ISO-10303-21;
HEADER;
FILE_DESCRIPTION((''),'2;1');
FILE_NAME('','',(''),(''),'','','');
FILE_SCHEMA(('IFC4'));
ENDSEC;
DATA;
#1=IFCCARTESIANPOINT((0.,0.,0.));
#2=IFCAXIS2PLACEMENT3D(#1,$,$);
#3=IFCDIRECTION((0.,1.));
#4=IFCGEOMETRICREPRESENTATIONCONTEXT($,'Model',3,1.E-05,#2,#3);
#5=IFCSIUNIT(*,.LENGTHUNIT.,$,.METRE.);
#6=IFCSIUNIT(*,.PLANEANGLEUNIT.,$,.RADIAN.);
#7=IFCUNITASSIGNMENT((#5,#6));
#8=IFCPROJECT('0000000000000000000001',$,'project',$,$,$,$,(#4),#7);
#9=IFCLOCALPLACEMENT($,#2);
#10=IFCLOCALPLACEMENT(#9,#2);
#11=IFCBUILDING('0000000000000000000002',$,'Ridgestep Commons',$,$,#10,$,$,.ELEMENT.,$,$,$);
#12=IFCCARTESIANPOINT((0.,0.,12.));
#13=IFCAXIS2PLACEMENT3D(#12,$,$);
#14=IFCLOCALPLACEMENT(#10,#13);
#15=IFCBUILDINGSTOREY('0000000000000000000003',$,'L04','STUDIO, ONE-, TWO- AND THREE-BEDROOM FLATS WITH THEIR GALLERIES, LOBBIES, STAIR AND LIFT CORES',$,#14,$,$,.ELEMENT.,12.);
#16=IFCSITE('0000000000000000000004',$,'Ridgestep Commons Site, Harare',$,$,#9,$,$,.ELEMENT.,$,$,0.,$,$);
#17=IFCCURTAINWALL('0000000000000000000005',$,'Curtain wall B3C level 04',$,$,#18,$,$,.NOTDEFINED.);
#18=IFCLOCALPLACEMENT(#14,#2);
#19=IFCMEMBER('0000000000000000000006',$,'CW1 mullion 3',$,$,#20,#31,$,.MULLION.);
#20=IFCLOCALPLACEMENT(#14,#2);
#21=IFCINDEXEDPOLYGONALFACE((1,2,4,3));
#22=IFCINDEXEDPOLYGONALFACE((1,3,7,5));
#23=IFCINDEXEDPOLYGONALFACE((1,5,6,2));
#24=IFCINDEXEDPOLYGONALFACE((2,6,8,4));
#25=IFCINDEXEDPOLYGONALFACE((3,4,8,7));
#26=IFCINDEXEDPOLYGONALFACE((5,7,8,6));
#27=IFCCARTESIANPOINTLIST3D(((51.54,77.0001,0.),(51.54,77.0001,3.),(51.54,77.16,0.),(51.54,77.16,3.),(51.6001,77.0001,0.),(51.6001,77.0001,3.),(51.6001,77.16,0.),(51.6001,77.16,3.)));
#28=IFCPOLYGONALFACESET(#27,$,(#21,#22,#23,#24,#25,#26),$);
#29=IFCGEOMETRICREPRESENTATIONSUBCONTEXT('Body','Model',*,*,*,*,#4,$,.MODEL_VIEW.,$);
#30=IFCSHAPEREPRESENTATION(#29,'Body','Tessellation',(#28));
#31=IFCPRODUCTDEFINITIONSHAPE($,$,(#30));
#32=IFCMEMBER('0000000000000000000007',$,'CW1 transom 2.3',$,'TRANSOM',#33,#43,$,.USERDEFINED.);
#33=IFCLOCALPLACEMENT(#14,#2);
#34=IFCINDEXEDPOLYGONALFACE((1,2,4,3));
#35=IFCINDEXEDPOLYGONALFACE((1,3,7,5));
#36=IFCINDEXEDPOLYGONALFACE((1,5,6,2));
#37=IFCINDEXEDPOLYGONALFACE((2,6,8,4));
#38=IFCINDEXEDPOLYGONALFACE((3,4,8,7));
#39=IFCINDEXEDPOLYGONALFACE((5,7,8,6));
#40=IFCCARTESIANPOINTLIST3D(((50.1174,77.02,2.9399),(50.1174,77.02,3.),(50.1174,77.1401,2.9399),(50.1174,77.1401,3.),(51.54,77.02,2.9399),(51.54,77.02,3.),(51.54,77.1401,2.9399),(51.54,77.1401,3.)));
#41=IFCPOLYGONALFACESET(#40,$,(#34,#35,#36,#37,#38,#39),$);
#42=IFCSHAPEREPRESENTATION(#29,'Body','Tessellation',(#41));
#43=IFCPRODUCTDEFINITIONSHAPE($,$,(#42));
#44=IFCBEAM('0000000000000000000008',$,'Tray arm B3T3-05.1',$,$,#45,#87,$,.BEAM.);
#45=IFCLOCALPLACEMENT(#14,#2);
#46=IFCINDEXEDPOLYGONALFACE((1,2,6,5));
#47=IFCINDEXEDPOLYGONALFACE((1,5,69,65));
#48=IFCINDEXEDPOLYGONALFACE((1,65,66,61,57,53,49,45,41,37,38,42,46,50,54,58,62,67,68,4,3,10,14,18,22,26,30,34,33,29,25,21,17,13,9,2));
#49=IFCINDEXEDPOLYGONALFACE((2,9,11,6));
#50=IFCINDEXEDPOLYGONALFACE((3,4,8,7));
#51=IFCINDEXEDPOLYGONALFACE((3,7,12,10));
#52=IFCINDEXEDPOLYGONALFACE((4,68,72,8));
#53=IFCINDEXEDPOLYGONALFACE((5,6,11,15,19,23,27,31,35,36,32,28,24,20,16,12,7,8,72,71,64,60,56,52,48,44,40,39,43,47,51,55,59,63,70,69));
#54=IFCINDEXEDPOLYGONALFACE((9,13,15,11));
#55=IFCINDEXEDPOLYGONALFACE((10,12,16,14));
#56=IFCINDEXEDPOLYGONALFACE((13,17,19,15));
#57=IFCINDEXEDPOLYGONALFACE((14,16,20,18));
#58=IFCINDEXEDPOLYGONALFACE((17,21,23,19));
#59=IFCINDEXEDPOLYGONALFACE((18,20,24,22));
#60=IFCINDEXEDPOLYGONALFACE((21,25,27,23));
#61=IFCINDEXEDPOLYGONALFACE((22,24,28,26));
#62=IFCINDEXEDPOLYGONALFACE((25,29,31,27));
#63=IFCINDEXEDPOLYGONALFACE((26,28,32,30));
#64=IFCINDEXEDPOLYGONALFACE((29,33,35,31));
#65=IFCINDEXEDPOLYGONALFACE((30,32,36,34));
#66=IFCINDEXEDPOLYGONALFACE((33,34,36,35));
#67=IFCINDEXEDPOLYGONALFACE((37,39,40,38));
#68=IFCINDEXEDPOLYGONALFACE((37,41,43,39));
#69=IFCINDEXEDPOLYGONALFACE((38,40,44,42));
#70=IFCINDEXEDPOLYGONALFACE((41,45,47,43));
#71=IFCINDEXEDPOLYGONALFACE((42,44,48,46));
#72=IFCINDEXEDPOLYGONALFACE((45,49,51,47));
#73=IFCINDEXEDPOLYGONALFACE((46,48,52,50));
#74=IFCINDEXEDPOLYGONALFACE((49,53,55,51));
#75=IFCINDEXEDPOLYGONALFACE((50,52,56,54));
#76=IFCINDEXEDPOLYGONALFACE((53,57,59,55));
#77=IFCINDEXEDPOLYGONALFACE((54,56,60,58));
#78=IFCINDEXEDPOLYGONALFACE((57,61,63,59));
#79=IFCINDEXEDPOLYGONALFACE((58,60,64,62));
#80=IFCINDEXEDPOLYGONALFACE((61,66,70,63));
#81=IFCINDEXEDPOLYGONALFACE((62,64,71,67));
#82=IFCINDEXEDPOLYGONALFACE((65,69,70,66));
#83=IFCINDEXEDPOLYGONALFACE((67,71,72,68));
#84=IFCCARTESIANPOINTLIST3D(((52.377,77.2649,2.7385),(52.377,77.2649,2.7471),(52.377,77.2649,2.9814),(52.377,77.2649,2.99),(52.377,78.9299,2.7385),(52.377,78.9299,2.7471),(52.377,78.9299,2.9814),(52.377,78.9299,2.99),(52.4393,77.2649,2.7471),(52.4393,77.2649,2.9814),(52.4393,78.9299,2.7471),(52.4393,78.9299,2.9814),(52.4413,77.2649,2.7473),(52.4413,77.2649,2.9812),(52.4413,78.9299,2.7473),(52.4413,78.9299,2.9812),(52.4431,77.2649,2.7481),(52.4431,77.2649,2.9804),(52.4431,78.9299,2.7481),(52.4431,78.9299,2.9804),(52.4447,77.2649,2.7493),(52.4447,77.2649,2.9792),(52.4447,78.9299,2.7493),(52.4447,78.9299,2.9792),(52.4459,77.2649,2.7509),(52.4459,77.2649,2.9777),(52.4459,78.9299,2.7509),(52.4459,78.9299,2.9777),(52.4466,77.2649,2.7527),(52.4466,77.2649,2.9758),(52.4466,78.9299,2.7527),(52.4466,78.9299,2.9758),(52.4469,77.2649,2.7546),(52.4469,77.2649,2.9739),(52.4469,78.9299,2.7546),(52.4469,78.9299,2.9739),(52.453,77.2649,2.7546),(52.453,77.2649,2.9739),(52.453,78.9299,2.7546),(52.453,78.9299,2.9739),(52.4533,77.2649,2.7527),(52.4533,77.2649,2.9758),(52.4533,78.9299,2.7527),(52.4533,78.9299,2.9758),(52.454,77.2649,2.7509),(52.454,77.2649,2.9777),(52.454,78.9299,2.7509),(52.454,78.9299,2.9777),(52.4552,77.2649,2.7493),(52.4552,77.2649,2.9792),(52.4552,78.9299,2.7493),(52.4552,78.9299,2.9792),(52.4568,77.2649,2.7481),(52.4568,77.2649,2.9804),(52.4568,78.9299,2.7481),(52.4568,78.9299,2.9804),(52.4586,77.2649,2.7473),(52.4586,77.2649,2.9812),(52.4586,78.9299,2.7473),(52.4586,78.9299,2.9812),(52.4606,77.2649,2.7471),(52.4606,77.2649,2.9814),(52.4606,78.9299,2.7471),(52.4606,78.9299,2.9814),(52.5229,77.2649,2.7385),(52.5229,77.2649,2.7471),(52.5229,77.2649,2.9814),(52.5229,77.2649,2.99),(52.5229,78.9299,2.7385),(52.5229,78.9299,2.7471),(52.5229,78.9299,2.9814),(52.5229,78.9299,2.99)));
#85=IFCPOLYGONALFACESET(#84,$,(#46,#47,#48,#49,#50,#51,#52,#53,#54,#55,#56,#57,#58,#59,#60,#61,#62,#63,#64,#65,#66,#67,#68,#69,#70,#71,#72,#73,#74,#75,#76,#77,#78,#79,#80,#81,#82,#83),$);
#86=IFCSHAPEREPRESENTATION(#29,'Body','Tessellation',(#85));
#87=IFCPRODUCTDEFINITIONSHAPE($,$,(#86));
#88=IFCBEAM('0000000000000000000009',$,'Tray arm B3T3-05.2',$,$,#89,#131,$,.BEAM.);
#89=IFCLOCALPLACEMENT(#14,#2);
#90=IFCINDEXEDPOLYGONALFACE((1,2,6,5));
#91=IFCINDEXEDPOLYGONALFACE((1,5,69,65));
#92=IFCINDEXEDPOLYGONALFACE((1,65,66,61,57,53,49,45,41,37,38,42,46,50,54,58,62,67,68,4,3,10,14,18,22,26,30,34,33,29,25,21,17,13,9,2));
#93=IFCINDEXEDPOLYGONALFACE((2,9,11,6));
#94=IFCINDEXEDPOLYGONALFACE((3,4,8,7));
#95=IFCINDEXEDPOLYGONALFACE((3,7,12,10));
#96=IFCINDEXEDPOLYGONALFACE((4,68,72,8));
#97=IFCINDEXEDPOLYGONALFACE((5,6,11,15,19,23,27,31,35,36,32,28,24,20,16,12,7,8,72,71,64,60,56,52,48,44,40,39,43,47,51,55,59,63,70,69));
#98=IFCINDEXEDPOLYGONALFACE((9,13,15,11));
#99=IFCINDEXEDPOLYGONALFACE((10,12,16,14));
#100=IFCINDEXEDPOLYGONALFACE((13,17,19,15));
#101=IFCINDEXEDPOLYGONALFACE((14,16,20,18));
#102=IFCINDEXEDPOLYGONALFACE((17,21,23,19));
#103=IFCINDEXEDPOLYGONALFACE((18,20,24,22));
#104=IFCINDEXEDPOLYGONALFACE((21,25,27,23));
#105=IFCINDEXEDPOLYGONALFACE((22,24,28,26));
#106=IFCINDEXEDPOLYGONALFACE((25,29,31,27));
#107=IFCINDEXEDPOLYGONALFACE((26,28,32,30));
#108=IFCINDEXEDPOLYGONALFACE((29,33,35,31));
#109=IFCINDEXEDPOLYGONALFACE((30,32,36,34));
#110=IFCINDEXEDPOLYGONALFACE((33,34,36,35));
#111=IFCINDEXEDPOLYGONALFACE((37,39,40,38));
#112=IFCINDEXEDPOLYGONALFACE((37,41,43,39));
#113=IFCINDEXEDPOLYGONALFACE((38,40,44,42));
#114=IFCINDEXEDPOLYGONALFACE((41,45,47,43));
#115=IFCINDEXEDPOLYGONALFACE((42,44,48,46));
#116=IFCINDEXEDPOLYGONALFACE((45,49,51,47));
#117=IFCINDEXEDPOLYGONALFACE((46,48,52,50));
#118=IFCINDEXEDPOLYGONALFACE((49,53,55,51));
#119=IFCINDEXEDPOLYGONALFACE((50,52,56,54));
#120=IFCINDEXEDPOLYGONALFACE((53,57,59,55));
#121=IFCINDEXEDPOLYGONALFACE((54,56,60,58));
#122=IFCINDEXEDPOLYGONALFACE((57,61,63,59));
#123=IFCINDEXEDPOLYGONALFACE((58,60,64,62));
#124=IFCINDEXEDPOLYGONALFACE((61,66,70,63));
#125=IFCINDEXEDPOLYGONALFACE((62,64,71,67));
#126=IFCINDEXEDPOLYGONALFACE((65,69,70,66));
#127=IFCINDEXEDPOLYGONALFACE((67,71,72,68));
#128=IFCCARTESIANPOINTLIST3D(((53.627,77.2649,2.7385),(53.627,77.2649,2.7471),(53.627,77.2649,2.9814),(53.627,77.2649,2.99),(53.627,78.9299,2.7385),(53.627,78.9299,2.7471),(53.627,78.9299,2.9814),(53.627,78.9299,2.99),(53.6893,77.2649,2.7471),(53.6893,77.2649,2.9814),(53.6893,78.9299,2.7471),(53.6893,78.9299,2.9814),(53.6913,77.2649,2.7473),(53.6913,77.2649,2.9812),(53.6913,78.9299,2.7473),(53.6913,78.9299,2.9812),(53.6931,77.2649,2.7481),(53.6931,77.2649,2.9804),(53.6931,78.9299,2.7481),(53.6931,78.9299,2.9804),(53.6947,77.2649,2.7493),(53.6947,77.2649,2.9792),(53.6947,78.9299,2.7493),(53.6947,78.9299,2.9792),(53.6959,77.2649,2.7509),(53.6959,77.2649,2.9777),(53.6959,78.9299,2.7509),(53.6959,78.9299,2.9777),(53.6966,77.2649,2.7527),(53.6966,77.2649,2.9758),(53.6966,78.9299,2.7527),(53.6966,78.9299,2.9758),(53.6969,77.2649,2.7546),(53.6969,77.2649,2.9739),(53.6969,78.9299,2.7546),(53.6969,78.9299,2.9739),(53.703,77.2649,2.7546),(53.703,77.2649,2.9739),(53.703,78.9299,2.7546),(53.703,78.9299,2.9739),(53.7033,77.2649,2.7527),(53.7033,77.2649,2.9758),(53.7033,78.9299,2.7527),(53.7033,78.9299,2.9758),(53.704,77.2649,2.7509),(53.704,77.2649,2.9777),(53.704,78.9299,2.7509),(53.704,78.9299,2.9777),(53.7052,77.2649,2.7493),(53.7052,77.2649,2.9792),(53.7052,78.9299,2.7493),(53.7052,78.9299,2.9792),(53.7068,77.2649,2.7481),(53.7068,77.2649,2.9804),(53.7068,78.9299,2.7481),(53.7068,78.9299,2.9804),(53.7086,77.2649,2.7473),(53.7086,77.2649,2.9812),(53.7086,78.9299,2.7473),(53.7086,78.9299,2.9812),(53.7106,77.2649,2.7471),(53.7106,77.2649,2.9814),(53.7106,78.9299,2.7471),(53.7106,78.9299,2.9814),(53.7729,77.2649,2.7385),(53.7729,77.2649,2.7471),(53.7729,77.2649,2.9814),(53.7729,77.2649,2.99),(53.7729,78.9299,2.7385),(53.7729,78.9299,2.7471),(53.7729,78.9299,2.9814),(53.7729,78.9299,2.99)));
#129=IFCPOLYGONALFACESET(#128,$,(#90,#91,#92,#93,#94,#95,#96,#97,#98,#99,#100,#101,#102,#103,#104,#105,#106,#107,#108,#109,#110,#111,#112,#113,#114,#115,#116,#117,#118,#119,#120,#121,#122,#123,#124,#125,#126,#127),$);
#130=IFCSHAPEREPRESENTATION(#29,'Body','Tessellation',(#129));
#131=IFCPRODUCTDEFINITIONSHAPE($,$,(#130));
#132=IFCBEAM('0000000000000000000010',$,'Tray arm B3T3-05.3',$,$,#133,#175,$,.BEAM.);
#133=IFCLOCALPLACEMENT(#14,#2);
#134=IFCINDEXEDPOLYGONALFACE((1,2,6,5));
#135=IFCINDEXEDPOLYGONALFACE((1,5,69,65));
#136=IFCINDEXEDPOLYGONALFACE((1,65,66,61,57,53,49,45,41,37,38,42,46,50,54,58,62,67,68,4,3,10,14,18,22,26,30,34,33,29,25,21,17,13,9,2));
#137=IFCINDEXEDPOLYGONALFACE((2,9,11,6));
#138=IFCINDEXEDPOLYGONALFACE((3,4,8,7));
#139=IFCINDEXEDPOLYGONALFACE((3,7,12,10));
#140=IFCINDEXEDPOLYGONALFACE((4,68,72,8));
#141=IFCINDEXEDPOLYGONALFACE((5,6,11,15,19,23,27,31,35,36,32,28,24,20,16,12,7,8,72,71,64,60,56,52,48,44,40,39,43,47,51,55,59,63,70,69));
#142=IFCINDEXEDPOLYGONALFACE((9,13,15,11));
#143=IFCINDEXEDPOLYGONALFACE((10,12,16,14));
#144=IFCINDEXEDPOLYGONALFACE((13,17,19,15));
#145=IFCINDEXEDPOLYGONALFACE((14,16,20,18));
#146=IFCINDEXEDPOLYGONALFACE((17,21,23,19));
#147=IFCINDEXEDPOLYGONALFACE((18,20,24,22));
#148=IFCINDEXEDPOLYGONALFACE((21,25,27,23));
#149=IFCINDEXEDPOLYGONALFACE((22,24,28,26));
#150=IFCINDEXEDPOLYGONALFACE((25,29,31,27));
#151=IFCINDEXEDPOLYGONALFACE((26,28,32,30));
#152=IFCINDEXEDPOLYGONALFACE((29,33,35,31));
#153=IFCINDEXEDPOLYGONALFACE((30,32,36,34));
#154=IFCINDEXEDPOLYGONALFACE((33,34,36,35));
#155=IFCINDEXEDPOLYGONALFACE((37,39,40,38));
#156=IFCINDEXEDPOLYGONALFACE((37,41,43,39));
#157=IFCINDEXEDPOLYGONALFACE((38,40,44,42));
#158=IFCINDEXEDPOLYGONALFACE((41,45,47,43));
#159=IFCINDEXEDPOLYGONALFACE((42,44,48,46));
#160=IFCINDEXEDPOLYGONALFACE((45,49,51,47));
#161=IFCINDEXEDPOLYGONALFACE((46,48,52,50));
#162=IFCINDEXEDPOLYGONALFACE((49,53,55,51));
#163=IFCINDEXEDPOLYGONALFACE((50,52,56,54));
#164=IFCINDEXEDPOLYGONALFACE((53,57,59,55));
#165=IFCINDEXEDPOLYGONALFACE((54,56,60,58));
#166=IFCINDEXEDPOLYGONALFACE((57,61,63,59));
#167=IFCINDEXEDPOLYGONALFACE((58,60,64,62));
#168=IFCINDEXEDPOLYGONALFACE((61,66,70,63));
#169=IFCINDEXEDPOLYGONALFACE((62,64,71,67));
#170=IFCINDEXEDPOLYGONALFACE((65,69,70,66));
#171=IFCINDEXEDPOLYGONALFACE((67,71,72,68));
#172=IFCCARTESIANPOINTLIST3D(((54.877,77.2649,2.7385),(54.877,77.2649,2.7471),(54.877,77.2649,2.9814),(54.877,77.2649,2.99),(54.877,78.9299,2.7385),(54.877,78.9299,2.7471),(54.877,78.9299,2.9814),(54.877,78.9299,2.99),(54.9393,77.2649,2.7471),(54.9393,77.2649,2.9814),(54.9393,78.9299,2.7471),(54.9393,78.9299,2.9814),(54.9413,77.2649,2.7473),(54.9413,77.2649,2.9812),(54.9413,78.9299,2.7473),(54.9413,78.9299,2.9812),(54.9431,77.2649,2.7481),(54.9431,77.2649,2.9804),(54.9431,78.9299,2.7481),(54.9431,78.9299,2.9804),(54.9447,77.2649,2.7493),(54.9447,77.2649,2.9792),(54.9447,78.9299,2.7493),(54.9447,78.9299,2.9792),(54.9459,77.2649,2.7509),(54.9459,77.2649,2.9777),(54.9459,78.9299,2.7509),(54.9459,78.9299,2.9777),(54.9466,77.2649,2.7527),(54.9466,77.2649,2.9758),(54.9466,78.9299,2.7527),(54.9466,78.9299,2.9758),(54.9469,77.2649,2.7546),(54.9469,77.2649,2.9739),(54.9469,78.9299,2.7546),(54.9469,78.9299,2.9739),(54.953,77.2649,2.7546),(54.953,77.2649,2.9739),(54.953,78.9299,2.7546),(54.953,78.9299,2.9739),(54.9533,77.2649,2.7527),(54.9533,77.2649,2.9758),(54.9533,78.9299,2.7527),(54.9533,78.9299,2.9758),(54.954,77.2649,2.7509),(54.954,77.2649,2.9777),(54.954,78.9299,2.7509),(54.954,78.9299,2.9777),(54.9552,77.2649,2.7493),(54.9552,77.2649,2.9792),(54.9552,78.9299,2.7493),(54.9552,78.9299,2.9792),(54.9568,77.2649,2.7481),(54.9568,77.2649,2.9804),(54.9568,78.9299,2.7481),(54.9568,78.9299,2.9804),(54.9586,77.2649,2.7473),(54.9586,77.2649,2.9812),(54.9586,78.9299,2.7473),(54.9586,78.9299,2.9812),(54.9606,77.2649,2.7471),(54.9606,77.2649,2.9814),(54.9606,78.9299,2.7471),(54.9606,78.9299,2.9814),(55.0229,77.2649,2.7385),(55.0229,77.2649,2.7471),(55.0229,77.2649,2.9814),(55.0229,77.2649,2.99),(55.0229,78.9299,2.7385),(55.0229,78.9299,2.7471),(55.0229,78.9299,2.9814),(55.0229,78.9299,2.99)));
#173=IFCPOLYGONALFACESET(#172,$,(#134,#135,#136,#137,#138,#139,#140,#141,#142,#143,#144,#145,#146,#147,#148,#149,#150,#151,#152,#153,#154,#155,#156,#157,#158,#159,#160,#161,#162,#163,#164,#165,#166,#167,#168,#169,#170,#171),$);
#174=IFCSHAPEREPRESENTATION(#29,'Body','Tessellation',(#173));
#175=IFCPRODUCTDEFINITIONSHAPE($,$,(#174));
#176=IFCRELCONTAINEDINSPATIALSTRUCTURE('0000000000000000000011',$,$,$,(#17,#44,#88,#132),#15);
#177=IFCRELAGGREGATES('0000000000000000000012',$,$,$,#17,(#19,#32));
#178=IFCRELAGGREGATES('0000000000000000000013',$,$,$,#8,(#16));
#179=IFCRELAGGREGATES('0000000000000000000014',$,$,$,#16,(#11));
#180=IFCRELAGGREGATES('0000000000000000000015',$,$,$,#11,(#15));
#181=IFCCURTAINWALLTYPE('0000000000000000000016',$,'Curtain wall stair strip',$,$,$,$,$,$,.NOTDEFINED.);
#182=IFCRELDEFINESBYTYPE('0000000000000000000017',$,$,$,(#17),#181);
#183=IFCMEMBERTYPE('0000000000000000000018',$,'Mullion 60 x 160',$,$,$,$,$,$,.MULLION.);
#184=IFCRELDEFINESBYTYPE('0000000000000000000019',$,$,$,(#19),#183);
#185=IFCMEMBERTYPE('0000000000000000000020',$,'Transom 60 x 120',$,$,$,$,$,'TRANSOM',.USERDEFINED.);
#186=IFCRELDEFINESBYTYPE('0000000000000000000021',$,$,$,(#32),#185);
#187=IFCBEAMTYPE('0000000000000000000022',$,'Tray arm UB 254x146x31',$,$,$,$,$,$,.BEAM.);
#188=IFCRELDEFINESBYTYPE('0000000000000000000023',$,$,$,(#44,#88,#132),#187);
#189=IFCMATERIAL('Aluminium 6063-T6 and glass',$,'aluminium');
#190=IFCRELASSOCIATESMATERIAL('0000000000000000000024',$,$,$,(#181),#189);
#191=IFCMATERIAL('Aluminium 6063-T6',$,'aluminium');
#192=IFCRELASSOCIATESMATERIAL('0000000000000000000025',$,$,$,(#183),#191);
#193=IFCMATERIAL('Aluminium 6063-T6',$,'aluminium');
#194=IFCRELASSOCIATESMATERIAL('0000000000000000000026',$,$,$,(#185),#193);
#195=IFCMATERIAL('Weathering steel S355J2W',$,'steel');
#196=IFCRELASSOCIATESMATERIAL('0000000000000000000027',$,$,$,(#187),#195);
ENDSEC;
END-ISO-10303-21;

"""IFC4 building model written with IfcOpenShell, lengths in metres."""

from ifc_helpers import new_model, si_unit, direction, frame, origin, origin_2d, place, context, subcontext, project, spatial, rectangle, i_section, extrude, material, material_profile, profile_set, type_object, element, aggregate, save


model = new_model("IFC4")

# Units and contexts
model_context = context("Model", 3, precision=1e-05, world=origin(), true_north=direction((0.0, 1.0)))
body_context = subcontext(model_context, "Body", "Model", "MODEL_VIEW")
ifc_project = project(units=[si_unit("LENGTHUNIT", "METRE"), si_unit("PLANEANGLEUNIT", "RADIAN")], contexts=[model_context])

# Site, building, storey
site_placement = place(None, origin())
site = spatial("IfcSite", under=ifc_project, at=site_placement, Name="Ridgestep Commons Site, Harare", CompositionType="ELEMENT", RefElevation=0.0)
building_placement = place(site_placement, origin())
building = spatial("IfcBuilding", under=site, at=building_placement, Name="Ridgestep Commons", CompositionType="ELEMENT")
storey_placement = place(building_placement, frame((0.0, 0.0, 12.0)))
storey = spatial("IfcBuildingStorey", under=building, at=storey_placement, Name="L04", Description="STUDIO, ONE-, TWO- AND THREE-BEDROOM FLATS WITH THEIR GALLERIES, LOBBIES, STAIR AND LIFT CORES", CompositionType="ELEMENT", Elevation=12.0)

# Curtain wall, members
ifc_material_1 = material(Name="Aluminium 6063-T6 and glass", Category="aluminium")
curtain_wall_type = type_object("IfcCurtainWallType", Name="Curtain wall stair strip", PredefinedType="NOTDEFINED", material=ifc_material_1)
curtain_wall_placement = place(storey_placement, origin())
curtain_wall = element("IfcCurtainWall", 1, at=curtain_wall_placement, inside=storey, type_object=curtain_wall_type, Name="Curtain wall B3C level 04", PredefinedType="NOTDEFINED")
ifc_material_2 = material(Name="Aluminium 6063-T6", Category="aluminium")
ifc_material_profile_1 = material_profile(ifc_material_2, rectangle(XDim=0.1599, YDim=0.0601, at=origin_2d()), Name="Mullion 60 x 160")
ifc_profile_set_1 = profile_set([ifc_material_profile_1], Name="Aluminium 6063-T6")
member_type_1 = type_object("IfcMemberType", Name="Mullion 60 x 160", PredefinedType="MULLION", material=ifc_profile_set_1)
member_1_placement = place(storey_placement, frame((51.5701, 77.0801, 0.0), z_axis=(0.0, 0.0, 1.0), x_axis=(0.0, 1.0, 0.0)))
member_1 = element("IfcMember", 2, at=member_1_placement, type_object=member_type_1, Name="CW1 mullion 3", PredefinedType="MULLION", context=body_context, shape_type="SweptSolid", body=[
    extrude(rectangle(XDim=0.1599, YDim=0.0601, at=origin_2d()), origin(), (0.0, 0.0, 1.0), 3.0),
])
ifc_material_3 = material(Name="Aluminium 6063-T6", Category="aluminium")
ifc_material_profile_2 = material_profile(ifc_material_3, rectangle(XDim=0.1201, YDim=0.0601, at=origin_2d()), Name="Transom 60 x 120")
ifc_profile_set_2 = profile_set([ifc_material_profile_2], Name="Aluminium 6063-T6")
member_type_2 = type_object("IfcMemberType", Name="Transom 60 x 120", ElementType="TRANSOM", PredefinedType="USERDEFINED", material=ifc_profile_set_2)
member_2_placement = place(storey_placement, frame((50.1174, 77.0801, 2.97), z_axis=(1.0, 0.0, 0.0), x_axis=(0.0, 1.0, 0.0)))
member_2 = element("IfcMember", 3, at=member_2_placement, type_object=member_type_2, Name="CW1 transom 2.3", ObjectType="TRANSOM", PredefinedType="USERDEFINED", context=body_context, shape_type="SweptSolid", body=[
    extrude(rectangle(XDim=0.1201, YDim=0.0601, at=origin_2d()), origin(), (0.0, 0.0, 1.0), 1.4226),
])

# Beams
ifc_material_4 = material(Name="Weathering steel S355J2W", Category="steel")
ifc_material_profile_3 = material_profile(ifc_material_4, i_section(OverallWidth=0.146, OverallDepth=0.2515, WebThickness=0.0061, FlangeThickness=0.0085, FilletRadius=0.0076, at=origin_2d()), Name="UB 254x146x31")
ifc_profile_set_3 = profile_set([ifc_material_profile_3], Name="Weathering steel S355J2W")
beam_type_1 = type_object("IfcBeamType", Name="Tray arm UB 254x146x31", PredefinedType="BEAM", material=ifc_profile_set_3)
for number, where, z_axis, x_axis, name in (
    (4, (52.45, 77.2649, 2.8643), (0.0, 1.0, 0.0), (-1.0, 0.0, 0.0), "Tray arm B3T3-05.1"),
    (5, (53.7, 77.2649, 2.8643), (0.0, 1.0, 0.0), (-1.0, 0.0, 0.0), "Tray arm B3T3-05.2"),
    (6, (54.95, 77.2649, 2.8643), (0.0, 1.0, 0.0), (-1.0, 0.0, 0.0), "Tray arm B3T3-05.3"),
):
    element("IfcBeam", number, at=place(storey_placement, frame(where, z_axis=z_axis, x_axis=x_axis)), inside=storey, type_object=beam_type_1, Name=name, PredefinedType="BEAM", context=body_context, shape_type="SweptSolid", body=[
        extrude(i_section(OverallWidth=0.146, OverallDepth=0.2515, WebThickness=0.0061, FlangeThickness=0.0085, FilletRadius=0.0076, at=origin_2d()), origin(), (0.0, 0.0, 1.0), 1.665),
    ])

aggregate(curtain_wall, [member_1, member_2])

save(model, "model.ifc")
